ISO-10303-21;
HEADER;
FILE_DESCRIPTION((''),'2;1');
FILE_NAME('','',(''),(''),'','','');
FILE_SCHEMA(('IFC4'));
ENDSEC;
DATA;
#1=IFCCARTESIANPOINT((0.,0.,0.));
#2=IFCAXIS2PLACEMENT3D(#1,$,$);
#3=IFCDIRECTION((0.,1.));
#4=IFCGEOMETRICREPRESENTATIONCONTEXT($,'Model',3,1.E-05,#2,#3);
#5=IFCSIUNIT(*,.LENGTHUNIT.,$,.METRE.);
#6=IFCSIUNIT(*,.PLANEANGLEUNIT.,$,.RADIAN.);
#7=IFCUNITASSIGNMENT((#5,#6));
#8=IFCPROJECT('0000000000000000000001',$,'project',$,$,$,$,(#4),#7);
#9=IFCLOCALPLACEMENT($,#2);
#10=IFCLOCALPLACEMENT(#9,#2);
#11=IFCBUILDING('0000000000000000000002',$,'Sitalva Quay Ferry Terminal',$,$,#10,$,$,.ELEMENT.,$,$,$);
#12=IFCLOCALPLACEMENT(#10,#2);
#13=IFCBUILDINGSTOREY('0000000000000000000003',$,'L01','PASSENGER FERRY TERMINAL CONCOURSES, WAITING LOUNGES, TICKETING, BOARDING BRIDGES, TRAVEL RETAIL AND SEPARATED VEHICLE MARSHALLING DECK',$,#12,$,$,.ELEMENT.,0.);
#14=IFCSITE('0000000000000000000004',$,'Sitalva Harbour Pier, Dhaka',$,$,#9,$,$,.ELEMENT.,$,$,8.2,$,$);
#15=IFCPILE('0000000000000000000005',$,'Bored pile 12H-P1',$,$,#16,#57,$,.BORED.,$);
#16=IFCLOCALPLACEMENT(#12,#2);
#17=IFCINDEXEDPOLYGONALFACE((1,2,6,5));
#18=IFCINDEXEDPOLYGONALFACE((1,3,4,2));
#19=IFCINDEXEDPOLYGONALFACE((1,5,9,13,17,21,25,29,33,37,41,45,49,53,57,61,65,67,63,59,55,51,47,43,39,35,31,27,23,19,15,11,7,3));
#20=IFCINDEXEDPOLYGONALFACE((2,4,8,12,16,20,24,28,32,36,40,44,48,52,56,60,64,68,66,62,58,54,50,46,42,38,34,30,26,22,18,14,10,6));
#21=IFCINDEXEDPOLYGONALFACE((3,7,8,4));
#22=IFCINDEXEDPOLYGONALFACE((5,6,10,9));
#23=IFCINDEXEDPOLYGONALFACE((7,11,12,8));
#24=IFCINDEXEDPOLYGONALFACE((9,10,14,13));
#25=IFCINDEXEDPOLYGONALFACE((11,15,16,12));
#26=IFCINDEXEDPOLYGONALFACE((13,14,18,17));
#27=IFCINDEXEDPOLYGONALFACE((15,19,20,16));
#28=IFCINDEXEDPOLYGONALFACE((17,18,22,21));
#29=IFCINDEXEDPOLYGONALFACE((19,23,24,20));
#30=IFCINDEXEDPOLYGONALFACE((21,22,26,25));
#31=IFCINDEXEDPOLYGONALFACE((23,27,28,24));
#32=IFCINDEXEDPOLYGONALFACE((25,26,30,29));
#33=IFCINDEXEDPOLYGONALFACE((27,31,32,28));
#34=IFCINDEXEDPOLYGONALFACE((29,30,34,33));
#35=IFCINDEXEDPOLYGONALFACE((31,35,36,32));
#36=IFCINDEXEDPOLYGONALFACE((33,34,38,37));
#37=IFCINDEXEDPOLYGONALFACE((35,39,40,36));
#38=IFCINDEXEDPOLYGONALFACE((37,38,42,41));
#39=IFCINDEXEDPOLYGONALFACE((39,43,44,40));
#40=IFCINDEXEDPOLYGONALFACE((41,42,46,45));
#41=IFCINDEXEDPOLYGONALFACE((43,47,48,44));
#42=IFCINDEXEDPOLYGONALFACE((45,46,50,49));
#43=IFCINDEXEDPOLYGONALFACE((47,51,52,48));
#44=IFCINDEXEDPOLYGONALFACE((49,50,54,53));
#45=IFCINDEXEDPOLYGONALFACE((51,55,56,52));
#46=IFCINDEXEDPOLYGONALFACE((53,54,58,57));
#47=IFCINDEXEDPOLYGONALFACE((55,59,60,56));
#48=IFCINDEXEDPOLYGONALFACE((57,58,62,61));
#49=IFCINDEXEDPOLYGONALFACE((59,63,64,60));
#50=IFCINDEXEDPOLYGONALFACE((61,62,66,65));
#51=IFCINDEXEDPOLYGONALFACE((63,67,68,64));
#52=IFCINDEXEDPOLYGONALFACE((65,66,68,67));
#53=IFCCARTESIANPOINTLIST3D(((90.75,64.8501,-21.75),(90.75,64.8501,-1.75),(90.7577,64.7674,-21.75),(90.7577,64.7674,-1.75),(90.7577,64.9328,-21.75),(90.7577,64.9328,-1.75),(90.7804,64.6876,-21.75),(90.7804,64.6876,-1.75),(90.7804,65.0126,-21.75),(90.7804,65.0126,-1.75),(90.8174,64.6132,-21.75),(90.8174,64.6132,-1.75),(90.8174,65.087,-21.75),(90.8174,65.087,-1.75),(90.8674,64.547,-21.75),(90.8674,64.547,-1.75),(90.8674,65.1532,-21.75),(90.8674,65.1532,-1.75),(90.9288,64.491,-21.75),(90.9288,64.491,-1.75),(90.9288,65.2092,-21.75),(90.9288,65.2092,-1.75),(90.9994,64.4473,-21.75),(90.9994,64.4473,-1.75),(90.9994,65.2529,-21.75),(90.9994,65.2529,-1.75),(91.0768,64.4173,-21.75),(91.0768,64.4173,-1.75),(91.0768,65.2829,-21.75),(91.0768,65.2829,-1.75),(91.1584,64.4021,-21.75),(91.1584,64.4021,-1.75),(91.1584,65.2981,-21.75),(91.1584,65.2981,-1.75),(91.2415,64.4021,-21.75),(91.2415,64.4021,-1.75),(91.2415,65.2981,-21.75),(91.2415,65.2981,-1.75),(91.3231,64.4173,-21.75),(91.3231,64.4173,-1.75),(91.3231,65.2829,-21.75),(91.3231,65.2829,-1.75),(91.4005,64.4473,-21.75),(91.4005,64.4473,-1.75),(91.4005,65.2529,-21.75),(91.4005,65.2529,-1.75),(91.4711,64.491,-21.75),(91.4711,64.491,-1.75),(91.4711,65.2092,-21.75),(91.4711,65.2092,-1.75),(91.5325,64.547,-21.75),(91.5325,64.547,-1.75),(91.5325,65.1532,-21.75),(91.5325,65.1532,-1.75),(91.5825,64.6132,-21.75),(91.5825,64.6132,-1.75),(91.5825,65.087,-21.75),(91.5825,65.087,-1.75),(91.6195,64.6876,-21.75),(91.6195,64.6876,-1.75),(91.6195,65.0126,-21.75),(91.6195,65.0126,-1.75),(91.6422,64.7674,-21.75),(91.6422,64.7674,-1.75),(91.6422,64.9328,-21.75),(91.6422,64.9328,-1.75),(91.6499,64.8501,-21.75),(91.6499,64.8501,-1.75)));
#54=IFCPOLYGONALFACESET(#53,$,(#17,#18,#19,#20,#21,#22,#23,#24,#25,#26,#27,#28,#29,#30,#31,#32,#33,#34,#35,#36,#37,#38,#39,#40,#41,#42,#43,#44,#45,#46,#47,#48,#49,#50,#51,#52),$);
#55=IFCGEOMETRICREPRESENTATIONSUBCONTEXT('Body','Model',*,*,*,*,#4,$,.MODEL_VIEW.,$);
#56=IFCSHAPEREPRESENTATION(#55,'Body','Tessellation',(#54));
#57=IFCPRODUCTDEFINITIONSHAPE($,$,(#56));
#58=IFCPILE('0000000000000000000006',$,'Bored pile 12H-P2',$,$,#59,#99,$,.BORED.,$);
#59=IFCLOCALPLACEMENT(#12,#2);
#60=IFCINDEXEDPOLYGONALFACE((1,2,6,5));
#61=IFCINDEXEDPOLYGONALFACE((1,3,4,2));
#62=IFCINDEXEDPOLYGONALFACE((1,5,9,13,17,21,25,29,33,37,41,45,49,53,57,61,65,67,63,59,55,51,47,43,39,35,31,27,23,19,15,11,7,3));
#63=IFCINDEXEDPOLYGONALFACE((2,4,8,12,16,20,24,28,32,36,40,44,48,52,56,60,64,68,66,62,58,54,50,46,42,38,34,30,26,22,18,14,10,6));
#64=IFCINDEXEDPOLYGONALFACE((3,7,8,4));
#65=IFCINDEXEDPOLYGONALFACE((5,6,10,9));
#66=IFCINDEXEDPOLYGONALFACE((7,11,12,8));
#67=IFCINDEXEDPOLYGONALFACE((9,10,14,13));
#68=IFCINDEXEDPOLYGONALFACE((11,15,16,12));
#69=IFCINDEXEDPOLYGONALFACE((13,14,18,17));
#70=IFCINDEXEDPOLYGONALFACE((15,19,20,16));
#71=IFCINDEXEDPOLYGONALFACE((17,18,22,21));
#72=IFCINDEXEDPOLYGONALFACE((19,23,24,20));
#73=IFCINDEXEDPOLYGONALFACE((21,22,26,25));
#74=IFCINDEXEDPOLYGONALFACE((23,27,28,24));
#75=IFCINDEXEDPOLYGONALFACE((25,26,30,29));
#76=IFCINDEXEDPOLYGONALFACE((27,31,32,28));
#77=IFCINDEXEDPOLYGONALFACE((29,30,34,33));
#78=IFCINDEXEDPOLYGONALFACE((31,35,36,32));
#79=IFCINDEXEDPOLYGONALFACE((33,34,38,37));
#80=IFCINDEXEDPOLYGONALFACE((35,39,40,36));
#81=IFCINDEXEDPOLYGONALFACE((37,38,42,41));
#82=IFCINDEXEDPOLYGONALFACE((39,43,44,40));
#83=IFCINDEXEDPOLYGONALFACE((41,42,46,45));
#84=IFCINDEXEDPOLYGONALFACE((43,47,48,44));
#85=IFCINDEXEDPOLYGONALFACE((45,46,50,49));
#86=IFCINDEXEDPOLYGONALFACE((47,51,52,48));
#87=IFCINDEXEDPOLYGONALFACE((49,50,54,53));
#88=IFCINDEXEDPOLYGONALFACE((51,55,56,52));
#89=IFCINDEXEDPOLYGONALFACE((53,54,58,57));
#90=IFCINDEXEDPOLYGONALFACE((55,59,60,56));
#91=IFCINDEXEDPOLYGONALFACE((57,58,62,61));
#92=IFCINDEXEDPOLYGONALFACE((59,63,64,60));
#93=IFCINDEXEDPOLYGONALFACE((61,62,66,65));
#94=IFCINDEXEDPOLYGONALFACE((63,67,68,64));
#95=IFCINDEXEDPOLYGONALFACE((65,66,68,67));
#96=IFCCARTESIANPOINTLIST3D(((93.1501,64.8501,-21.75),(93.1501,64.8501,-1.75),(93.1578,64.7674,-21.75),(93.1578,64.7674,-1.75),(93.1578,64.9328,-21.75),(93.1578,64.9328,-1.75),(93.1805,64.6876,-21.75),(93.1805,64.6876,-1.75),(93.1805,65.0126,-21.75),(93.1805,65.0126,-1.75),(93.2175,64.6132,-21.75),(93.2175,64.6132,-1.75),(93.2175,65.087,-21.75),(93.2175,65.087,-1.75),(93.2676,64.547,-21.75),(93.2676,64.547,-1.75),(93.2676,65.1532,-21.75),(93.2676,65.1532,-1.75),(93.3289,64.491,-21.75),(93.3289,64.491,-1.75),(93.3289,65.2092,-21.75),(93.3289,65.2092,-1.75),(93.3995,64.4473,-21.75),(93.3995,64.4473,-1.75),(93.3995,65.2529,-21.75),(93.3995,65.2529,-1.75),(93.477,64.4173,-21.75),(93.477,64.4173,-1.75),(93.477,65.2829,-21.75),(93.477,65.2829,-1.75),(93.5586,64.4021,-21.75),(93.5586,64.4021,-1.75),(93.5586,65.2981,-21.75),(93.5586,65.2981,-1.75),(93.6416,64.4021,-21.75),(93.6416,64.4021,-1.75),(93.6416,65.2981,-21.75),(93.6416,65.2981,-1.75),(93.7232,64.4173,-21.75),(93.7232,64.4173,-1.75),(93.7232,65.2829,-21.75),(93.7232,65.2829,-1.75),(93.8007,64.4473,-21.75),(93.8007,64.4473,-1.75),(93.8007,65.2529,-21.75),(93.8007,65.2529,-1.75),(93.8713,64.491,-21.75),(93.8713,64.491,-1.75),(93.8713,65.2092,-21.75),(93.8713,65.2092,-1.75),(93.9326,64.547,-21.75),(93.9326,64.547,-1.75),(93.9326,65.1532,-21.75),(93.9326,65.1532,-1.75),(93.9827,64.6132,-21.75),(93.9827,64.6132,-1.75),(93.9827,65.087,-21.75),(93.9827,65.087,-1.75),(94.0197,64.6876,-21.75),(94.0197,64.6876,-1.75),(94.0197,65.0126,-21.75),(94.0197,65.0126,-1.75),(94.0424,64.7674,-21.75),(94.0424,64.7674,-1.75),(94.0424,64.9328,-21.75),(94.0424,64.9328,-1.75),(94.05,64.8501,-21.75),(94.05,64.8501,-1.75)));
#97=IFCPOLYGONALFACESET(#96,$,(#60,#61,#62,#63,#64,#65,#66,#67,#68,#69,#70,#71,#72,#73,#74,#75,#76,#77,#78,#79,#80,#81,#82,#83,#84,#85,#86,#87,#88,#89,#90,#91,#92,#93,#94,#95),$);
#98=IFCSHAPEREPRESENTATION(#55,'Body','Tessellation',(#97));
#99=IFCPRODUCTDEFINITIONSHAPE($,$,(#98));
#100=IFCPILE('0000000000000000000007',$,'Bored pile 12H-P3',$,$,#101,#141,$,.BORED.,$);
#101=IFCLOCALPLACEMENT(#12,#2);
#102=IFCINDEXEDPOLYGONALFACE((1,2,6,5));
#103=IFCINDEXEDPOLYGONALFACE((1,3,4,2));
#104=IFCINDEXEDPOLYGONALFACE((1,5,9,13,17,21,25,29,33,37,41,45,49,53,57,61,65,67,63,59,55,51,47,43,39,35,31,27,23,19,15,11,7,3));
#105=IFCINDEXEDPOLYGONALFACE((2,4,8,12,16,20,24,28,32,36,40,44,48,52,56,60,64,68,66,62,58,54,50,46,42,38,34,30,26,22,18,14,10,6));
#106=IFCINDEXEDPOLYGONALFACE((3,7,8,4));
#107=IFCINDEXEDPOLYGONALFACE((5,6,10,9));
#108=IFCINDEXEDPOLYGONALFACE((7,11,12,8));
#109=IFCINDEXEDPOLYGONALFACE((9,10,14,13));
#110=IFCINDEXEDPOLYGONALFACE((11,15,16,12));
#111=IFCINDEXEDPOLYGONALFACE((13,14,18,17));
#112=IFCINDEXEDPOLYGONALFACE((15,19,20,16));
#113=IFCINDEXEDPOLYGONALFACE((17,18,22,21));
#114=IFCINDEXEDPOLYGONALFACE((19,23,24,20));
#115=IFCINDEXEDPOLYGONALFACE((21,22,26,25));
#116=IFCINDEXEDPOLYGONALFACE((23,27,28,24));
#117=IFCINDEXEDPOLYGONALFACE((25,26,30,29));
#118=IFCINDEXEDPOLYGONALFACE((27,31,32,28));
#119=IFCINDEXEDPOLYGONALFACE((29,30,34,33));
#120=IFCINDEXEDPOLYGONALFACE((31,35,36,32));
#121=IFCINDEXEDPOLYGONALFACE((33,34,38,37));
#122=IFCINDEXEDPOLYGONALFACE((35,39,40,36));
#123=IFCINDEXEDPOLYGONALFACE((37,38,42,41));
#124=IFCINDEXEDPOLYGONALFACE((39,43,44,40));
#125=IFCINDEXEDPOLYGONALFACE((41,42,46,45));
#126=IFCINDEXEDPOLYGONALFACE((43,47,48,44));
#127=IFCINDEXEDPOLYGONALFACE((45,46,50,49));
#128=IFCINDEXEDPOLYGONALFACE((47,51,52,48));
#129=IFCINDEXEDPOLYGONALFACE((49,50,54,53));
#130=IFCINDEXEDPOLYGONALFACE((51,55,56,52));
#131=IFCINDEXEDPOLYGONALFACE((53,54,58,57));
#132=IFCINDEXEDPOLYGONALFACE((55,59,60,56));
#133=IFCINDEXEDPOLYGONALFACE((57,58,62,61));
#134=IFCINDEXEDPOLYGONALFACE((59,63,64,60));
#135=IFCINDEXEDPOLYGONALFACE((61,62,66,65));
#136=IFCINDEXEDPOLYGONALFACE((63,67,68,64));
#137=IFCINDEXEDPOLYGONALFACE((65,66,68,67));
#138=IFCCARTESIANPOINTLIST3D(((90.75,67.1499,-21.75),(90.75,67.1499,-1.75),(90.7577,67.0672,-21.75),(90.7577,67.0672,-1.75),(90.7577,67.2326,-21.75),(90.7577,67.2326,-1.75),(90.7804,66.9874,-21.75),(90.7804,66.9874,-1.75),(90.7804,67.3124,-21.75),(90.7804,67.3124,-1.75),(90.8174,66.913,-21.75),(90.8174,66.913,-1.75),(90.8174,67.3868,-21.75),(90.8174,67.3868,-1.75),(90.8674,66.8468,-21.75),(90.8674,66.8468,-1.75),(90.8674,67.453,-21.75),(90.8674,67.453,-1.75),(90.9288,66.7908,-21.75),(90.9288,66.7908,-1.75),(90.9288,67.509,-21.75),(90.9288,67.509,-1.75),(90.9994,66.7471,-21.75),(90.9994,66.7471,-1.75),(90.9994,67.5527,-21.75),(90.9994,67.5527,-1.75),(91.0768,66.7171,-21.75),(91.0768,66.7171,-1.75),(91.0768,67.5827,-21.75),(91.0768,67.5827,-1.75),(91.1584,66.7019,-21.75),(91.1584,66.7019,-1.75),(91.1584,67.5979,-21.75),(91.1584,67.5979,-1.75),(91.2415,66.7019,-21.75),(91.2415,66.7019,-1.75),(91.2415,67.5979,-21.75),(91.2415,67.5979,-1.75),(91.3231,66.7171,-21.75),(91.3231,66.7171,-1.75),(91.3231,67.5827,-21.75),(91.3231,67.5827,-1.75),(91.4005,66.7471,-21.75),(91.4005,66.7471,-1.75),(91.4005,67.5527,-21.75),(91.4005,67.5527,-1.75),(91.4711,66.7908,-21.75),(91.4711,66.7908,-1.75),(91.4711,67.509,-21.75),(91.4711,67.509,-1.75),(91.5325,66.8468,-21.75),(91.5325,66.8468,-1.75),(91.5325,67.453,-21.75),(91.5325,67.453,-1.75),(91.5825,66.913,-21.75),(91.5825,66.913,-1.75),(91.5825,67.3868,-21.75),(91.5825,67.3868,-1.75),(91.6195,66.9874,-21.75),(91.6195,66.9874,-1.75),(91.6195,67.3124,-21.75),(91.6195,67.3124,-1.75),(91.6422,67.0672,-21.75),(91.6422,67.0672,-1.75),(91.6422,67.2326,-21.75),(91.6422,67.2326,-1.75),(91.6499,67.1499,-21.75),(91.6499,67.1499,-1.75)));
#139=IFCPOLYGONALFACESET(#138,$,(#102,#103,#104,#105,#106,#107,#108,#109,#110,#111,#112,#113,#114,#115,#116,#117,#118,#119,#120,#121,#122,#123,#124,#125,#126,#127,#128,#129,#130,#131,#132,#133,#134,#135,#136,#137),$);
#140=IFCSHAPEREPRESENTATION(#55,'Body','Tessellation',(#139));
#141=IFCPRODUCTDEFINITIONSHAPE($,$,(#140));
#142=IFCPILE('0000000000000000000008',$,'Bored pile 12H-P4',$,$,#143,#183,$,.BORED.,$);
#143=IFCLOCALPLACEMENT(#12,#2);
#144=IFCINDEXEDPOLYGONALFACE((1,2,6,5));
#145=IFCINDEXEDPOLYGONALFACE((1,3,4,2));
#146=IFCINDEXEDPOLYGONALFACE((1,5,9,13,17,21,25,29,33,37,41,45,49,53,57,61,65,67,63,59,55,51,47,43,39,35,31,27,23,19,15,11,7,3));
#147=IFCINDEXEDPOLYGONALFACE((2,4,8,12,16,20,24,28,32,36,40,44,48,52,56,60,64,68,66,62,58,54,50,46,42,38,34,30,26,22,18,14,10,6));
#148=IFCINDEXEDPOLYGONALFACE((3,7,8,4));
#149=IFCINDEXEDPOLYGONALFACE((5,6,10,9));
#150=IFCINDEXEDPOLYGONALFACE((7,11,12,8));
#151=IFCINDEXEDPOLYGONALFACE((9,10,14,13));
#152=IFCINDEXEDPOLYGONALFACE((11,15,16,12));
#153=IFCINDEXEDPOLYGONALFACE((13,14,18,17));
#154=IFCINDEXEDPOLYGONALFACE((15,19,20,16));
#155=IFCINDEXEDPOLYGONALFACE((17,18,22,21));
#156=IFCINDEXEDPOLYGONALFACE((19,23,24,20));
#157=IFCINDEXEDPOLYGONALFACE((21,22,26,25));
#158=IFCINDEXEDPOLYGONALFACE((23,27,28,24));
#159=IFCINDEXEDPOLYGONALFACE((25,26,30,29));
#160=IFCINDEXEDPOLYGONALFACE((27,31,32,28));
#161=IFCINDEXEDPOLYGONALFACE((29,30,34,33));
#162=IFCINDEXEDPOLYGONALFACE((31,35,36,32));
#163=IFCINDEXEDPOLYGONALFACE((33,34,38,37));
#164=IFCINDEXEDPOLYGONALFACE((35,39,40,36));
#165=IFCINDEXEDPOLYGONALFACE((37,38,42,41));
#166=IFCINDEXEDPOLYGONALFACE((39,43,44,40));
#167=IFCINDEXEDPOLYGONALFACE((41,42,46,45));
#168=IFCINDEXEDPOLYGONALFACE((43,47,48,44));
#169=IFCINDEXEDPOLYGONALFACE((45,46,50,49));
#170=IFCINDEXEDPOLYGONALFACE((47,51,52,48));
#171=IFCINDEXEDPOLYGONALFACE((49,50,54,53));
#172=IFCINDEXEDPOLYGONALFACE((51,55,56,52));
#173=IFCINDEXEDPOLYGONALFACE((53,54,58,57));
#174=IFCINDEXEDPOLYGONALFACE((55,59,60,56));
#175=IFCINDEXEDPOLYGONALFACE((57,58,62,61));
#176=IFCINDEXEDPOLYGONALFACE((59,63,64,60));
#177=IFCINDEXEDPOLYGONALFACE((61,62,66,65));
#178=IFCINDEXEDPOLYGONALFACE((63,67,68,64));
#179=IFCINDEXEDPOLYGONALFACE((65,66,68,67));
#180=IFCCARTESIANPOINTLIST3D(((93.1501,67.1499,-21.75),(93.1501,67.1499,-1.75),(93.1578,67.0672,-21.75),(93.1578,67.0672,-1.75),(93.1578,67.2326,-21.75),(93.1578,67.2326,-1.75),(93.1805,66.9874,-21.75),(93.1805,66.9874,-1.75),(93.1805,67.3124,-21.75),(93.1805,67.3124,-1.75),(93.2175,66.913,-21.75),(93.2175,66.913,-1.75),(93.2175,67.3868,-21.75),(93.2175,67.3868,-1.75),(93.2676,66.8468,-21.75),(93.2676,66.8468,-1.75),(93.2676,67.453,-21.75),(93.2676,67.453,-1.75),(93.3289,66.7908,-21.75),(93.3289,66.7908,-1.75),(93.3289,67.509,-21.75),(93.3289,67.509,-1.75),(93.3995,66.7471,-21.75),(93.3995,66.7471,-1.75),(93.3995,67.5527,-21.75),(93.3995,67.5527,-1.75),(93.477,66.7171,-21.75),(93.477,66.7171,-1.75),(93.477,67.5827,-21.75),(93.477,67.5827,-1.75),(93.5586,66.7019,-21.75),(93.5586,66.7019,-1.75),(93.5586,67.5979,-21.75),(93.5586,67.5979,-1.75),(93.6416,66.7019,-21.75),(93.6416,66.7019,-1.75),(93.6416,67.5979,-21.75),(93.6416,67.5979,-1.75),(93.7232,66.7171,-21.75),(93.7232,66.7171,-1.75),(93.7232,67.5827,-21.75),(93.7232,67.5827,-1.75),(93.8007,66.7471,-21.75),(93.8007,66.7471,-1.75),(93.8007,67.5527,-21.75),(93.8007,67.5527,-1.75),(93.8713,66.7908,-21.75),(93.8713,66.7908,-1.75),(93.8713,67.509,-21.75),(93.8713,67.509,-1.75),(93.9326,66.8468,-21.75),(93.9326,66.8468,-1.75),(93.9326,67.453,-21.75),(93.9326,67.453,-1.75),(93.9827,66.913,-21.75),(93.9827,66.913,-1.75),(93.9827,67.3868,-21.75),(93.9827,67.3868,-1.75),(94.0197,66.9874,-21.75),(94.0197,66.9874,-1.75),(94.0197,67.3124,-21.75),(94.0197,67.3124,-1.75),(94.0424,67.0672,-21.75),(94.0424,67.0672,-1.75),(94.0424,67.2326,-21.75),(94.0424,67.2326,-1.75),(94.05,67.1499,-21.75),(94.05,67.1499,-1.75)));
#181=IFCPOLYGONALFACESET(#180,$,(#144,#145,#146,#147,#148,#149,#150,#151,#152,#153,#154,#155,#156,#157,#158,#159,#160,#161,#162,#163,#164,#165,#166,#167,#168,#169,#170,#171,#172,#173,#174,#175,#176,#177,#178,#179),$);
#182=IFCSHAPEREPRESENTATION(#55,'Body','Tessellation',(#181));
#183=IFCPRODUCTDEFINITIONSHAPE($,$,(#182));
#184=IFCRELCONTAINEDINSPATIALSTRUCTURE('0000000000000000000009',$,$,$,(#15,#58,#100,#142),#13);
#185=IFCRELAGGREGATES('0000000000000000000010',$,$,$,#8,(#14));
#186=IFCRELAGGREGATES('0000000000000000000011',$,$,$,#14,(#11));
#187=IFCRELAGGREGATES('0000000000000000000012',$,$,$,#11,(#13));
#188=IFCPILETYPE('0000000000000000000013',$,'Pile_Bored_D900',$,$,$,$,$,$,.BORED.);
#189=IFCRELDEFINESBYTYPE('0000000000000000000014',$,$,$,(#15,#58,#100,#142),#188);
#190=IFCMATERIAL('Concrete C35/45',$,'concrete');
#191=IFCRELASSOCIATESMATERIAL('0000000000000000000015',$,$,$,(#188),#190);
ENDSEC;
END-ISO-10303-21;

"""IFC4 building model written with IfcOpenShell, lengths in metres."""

from ifc_helpers import new_model, si_unit, direction, frame, origin, origin_2d, place, context, subcontext, project, spatial, circle, extrude, material, material_profile, profile_set, type_object, element, save


model = new_model("IFC4")

# Units and contexts
model_context = context("Model", 3, precision=1e-05, world=origin(), true_north=direction((0.0, 1.0)))
body_context = subcontext(model_context, "Body", "Model", "MODEL_VIEW")
ifc_project = project(units=[si_unit("LENGTHUNIT", "METRE"), si_unit("PLANEANGLEUNIT", "RADIAN")], contexts=[model_context])

# Site, building, storey
site_placement = place(None, origin())
site = spatial("IfcSite", under=ifc_project, at=site_placement, Name="Sitalva Harbour Pier, Dhaka", CompositionType="ELEMENT", RefElevation=8.2)
building_placement = place(site_placement, origin())
building = spatial("IfcBuilding", under=site, at=building_placement, Name="Sitalva Quay Ferry Terminal", CompositionType="ELEMENT")
storey_placement = place(building_placement, origin())
storey = spatial("IfcBuildingStorey", under=building, at=storey_placement, Name="L01", Description="PASSENGER FERRY TERMINAL CONCOURSES, WAITING LOUNGES, TICKETING, BOARDING BRIDGES, TRAVEL RETAIL AND SEPARATED VEHICLE MARSHALLING DECK", CompositionType="ELEMENT", Elevation=0.0)

# Piles
ifc_material_1 = material(Name="Concrete C35/45", Category="concrete")
ifc_material_profile_1 = material_profile(ifc_material_1, circle(Radius=0.45, at=origin_2d()), Name="PILE-D900")
ifc_profile_set_1 = profile_set([ifc_material_profile_1], Name="Concrete C35/45")
pile_type_1 = type_object("IfcPileType", Name="Pile_Bored_D900", PredefinedType="BORED", material=ifc_profile_set_1)
for number, where, z_axis, x_axis, name in (
    (1, (91.2, 64.8501, -1.75), (0.0, 0.0, -1.0), (1.0, 0.0, 0.0), "Bored pile 12H-P1"),
    (2, (93.6001, 64.8501, -1.75), (0.0, 0.0, -1.0), (1.0, 0.0, 0.0), "Bored pile 12H-P2"),
    (3, (91.2, 67.1499, -1.75), (0.0, 0.0, -1.0), (1.0, 0.0, 0.0), "Bored pile 12H-P3"),
    (4, (93.6001, 67.1499, -1.75), (0.0, 0.0, -1.0), (1.0, 0.0, 0.0), "Bored pile 12H-P4"),
):
    element("IfcPile", number, at=place(storey_placement, frame(where, z_axis=z_axis, x_axis=x_axis)), inside=storey, type_object=pile_type_1, Name=name, PredefinedType="BORED", context=body_context, shape_type="SweptSolid", body=[
        extrude(circle(Radius=0.45, at=origin_2d()), origin(), (0.0, 0.0, 1.0), 20.0),
    ])

save(model, "model.ifc")
